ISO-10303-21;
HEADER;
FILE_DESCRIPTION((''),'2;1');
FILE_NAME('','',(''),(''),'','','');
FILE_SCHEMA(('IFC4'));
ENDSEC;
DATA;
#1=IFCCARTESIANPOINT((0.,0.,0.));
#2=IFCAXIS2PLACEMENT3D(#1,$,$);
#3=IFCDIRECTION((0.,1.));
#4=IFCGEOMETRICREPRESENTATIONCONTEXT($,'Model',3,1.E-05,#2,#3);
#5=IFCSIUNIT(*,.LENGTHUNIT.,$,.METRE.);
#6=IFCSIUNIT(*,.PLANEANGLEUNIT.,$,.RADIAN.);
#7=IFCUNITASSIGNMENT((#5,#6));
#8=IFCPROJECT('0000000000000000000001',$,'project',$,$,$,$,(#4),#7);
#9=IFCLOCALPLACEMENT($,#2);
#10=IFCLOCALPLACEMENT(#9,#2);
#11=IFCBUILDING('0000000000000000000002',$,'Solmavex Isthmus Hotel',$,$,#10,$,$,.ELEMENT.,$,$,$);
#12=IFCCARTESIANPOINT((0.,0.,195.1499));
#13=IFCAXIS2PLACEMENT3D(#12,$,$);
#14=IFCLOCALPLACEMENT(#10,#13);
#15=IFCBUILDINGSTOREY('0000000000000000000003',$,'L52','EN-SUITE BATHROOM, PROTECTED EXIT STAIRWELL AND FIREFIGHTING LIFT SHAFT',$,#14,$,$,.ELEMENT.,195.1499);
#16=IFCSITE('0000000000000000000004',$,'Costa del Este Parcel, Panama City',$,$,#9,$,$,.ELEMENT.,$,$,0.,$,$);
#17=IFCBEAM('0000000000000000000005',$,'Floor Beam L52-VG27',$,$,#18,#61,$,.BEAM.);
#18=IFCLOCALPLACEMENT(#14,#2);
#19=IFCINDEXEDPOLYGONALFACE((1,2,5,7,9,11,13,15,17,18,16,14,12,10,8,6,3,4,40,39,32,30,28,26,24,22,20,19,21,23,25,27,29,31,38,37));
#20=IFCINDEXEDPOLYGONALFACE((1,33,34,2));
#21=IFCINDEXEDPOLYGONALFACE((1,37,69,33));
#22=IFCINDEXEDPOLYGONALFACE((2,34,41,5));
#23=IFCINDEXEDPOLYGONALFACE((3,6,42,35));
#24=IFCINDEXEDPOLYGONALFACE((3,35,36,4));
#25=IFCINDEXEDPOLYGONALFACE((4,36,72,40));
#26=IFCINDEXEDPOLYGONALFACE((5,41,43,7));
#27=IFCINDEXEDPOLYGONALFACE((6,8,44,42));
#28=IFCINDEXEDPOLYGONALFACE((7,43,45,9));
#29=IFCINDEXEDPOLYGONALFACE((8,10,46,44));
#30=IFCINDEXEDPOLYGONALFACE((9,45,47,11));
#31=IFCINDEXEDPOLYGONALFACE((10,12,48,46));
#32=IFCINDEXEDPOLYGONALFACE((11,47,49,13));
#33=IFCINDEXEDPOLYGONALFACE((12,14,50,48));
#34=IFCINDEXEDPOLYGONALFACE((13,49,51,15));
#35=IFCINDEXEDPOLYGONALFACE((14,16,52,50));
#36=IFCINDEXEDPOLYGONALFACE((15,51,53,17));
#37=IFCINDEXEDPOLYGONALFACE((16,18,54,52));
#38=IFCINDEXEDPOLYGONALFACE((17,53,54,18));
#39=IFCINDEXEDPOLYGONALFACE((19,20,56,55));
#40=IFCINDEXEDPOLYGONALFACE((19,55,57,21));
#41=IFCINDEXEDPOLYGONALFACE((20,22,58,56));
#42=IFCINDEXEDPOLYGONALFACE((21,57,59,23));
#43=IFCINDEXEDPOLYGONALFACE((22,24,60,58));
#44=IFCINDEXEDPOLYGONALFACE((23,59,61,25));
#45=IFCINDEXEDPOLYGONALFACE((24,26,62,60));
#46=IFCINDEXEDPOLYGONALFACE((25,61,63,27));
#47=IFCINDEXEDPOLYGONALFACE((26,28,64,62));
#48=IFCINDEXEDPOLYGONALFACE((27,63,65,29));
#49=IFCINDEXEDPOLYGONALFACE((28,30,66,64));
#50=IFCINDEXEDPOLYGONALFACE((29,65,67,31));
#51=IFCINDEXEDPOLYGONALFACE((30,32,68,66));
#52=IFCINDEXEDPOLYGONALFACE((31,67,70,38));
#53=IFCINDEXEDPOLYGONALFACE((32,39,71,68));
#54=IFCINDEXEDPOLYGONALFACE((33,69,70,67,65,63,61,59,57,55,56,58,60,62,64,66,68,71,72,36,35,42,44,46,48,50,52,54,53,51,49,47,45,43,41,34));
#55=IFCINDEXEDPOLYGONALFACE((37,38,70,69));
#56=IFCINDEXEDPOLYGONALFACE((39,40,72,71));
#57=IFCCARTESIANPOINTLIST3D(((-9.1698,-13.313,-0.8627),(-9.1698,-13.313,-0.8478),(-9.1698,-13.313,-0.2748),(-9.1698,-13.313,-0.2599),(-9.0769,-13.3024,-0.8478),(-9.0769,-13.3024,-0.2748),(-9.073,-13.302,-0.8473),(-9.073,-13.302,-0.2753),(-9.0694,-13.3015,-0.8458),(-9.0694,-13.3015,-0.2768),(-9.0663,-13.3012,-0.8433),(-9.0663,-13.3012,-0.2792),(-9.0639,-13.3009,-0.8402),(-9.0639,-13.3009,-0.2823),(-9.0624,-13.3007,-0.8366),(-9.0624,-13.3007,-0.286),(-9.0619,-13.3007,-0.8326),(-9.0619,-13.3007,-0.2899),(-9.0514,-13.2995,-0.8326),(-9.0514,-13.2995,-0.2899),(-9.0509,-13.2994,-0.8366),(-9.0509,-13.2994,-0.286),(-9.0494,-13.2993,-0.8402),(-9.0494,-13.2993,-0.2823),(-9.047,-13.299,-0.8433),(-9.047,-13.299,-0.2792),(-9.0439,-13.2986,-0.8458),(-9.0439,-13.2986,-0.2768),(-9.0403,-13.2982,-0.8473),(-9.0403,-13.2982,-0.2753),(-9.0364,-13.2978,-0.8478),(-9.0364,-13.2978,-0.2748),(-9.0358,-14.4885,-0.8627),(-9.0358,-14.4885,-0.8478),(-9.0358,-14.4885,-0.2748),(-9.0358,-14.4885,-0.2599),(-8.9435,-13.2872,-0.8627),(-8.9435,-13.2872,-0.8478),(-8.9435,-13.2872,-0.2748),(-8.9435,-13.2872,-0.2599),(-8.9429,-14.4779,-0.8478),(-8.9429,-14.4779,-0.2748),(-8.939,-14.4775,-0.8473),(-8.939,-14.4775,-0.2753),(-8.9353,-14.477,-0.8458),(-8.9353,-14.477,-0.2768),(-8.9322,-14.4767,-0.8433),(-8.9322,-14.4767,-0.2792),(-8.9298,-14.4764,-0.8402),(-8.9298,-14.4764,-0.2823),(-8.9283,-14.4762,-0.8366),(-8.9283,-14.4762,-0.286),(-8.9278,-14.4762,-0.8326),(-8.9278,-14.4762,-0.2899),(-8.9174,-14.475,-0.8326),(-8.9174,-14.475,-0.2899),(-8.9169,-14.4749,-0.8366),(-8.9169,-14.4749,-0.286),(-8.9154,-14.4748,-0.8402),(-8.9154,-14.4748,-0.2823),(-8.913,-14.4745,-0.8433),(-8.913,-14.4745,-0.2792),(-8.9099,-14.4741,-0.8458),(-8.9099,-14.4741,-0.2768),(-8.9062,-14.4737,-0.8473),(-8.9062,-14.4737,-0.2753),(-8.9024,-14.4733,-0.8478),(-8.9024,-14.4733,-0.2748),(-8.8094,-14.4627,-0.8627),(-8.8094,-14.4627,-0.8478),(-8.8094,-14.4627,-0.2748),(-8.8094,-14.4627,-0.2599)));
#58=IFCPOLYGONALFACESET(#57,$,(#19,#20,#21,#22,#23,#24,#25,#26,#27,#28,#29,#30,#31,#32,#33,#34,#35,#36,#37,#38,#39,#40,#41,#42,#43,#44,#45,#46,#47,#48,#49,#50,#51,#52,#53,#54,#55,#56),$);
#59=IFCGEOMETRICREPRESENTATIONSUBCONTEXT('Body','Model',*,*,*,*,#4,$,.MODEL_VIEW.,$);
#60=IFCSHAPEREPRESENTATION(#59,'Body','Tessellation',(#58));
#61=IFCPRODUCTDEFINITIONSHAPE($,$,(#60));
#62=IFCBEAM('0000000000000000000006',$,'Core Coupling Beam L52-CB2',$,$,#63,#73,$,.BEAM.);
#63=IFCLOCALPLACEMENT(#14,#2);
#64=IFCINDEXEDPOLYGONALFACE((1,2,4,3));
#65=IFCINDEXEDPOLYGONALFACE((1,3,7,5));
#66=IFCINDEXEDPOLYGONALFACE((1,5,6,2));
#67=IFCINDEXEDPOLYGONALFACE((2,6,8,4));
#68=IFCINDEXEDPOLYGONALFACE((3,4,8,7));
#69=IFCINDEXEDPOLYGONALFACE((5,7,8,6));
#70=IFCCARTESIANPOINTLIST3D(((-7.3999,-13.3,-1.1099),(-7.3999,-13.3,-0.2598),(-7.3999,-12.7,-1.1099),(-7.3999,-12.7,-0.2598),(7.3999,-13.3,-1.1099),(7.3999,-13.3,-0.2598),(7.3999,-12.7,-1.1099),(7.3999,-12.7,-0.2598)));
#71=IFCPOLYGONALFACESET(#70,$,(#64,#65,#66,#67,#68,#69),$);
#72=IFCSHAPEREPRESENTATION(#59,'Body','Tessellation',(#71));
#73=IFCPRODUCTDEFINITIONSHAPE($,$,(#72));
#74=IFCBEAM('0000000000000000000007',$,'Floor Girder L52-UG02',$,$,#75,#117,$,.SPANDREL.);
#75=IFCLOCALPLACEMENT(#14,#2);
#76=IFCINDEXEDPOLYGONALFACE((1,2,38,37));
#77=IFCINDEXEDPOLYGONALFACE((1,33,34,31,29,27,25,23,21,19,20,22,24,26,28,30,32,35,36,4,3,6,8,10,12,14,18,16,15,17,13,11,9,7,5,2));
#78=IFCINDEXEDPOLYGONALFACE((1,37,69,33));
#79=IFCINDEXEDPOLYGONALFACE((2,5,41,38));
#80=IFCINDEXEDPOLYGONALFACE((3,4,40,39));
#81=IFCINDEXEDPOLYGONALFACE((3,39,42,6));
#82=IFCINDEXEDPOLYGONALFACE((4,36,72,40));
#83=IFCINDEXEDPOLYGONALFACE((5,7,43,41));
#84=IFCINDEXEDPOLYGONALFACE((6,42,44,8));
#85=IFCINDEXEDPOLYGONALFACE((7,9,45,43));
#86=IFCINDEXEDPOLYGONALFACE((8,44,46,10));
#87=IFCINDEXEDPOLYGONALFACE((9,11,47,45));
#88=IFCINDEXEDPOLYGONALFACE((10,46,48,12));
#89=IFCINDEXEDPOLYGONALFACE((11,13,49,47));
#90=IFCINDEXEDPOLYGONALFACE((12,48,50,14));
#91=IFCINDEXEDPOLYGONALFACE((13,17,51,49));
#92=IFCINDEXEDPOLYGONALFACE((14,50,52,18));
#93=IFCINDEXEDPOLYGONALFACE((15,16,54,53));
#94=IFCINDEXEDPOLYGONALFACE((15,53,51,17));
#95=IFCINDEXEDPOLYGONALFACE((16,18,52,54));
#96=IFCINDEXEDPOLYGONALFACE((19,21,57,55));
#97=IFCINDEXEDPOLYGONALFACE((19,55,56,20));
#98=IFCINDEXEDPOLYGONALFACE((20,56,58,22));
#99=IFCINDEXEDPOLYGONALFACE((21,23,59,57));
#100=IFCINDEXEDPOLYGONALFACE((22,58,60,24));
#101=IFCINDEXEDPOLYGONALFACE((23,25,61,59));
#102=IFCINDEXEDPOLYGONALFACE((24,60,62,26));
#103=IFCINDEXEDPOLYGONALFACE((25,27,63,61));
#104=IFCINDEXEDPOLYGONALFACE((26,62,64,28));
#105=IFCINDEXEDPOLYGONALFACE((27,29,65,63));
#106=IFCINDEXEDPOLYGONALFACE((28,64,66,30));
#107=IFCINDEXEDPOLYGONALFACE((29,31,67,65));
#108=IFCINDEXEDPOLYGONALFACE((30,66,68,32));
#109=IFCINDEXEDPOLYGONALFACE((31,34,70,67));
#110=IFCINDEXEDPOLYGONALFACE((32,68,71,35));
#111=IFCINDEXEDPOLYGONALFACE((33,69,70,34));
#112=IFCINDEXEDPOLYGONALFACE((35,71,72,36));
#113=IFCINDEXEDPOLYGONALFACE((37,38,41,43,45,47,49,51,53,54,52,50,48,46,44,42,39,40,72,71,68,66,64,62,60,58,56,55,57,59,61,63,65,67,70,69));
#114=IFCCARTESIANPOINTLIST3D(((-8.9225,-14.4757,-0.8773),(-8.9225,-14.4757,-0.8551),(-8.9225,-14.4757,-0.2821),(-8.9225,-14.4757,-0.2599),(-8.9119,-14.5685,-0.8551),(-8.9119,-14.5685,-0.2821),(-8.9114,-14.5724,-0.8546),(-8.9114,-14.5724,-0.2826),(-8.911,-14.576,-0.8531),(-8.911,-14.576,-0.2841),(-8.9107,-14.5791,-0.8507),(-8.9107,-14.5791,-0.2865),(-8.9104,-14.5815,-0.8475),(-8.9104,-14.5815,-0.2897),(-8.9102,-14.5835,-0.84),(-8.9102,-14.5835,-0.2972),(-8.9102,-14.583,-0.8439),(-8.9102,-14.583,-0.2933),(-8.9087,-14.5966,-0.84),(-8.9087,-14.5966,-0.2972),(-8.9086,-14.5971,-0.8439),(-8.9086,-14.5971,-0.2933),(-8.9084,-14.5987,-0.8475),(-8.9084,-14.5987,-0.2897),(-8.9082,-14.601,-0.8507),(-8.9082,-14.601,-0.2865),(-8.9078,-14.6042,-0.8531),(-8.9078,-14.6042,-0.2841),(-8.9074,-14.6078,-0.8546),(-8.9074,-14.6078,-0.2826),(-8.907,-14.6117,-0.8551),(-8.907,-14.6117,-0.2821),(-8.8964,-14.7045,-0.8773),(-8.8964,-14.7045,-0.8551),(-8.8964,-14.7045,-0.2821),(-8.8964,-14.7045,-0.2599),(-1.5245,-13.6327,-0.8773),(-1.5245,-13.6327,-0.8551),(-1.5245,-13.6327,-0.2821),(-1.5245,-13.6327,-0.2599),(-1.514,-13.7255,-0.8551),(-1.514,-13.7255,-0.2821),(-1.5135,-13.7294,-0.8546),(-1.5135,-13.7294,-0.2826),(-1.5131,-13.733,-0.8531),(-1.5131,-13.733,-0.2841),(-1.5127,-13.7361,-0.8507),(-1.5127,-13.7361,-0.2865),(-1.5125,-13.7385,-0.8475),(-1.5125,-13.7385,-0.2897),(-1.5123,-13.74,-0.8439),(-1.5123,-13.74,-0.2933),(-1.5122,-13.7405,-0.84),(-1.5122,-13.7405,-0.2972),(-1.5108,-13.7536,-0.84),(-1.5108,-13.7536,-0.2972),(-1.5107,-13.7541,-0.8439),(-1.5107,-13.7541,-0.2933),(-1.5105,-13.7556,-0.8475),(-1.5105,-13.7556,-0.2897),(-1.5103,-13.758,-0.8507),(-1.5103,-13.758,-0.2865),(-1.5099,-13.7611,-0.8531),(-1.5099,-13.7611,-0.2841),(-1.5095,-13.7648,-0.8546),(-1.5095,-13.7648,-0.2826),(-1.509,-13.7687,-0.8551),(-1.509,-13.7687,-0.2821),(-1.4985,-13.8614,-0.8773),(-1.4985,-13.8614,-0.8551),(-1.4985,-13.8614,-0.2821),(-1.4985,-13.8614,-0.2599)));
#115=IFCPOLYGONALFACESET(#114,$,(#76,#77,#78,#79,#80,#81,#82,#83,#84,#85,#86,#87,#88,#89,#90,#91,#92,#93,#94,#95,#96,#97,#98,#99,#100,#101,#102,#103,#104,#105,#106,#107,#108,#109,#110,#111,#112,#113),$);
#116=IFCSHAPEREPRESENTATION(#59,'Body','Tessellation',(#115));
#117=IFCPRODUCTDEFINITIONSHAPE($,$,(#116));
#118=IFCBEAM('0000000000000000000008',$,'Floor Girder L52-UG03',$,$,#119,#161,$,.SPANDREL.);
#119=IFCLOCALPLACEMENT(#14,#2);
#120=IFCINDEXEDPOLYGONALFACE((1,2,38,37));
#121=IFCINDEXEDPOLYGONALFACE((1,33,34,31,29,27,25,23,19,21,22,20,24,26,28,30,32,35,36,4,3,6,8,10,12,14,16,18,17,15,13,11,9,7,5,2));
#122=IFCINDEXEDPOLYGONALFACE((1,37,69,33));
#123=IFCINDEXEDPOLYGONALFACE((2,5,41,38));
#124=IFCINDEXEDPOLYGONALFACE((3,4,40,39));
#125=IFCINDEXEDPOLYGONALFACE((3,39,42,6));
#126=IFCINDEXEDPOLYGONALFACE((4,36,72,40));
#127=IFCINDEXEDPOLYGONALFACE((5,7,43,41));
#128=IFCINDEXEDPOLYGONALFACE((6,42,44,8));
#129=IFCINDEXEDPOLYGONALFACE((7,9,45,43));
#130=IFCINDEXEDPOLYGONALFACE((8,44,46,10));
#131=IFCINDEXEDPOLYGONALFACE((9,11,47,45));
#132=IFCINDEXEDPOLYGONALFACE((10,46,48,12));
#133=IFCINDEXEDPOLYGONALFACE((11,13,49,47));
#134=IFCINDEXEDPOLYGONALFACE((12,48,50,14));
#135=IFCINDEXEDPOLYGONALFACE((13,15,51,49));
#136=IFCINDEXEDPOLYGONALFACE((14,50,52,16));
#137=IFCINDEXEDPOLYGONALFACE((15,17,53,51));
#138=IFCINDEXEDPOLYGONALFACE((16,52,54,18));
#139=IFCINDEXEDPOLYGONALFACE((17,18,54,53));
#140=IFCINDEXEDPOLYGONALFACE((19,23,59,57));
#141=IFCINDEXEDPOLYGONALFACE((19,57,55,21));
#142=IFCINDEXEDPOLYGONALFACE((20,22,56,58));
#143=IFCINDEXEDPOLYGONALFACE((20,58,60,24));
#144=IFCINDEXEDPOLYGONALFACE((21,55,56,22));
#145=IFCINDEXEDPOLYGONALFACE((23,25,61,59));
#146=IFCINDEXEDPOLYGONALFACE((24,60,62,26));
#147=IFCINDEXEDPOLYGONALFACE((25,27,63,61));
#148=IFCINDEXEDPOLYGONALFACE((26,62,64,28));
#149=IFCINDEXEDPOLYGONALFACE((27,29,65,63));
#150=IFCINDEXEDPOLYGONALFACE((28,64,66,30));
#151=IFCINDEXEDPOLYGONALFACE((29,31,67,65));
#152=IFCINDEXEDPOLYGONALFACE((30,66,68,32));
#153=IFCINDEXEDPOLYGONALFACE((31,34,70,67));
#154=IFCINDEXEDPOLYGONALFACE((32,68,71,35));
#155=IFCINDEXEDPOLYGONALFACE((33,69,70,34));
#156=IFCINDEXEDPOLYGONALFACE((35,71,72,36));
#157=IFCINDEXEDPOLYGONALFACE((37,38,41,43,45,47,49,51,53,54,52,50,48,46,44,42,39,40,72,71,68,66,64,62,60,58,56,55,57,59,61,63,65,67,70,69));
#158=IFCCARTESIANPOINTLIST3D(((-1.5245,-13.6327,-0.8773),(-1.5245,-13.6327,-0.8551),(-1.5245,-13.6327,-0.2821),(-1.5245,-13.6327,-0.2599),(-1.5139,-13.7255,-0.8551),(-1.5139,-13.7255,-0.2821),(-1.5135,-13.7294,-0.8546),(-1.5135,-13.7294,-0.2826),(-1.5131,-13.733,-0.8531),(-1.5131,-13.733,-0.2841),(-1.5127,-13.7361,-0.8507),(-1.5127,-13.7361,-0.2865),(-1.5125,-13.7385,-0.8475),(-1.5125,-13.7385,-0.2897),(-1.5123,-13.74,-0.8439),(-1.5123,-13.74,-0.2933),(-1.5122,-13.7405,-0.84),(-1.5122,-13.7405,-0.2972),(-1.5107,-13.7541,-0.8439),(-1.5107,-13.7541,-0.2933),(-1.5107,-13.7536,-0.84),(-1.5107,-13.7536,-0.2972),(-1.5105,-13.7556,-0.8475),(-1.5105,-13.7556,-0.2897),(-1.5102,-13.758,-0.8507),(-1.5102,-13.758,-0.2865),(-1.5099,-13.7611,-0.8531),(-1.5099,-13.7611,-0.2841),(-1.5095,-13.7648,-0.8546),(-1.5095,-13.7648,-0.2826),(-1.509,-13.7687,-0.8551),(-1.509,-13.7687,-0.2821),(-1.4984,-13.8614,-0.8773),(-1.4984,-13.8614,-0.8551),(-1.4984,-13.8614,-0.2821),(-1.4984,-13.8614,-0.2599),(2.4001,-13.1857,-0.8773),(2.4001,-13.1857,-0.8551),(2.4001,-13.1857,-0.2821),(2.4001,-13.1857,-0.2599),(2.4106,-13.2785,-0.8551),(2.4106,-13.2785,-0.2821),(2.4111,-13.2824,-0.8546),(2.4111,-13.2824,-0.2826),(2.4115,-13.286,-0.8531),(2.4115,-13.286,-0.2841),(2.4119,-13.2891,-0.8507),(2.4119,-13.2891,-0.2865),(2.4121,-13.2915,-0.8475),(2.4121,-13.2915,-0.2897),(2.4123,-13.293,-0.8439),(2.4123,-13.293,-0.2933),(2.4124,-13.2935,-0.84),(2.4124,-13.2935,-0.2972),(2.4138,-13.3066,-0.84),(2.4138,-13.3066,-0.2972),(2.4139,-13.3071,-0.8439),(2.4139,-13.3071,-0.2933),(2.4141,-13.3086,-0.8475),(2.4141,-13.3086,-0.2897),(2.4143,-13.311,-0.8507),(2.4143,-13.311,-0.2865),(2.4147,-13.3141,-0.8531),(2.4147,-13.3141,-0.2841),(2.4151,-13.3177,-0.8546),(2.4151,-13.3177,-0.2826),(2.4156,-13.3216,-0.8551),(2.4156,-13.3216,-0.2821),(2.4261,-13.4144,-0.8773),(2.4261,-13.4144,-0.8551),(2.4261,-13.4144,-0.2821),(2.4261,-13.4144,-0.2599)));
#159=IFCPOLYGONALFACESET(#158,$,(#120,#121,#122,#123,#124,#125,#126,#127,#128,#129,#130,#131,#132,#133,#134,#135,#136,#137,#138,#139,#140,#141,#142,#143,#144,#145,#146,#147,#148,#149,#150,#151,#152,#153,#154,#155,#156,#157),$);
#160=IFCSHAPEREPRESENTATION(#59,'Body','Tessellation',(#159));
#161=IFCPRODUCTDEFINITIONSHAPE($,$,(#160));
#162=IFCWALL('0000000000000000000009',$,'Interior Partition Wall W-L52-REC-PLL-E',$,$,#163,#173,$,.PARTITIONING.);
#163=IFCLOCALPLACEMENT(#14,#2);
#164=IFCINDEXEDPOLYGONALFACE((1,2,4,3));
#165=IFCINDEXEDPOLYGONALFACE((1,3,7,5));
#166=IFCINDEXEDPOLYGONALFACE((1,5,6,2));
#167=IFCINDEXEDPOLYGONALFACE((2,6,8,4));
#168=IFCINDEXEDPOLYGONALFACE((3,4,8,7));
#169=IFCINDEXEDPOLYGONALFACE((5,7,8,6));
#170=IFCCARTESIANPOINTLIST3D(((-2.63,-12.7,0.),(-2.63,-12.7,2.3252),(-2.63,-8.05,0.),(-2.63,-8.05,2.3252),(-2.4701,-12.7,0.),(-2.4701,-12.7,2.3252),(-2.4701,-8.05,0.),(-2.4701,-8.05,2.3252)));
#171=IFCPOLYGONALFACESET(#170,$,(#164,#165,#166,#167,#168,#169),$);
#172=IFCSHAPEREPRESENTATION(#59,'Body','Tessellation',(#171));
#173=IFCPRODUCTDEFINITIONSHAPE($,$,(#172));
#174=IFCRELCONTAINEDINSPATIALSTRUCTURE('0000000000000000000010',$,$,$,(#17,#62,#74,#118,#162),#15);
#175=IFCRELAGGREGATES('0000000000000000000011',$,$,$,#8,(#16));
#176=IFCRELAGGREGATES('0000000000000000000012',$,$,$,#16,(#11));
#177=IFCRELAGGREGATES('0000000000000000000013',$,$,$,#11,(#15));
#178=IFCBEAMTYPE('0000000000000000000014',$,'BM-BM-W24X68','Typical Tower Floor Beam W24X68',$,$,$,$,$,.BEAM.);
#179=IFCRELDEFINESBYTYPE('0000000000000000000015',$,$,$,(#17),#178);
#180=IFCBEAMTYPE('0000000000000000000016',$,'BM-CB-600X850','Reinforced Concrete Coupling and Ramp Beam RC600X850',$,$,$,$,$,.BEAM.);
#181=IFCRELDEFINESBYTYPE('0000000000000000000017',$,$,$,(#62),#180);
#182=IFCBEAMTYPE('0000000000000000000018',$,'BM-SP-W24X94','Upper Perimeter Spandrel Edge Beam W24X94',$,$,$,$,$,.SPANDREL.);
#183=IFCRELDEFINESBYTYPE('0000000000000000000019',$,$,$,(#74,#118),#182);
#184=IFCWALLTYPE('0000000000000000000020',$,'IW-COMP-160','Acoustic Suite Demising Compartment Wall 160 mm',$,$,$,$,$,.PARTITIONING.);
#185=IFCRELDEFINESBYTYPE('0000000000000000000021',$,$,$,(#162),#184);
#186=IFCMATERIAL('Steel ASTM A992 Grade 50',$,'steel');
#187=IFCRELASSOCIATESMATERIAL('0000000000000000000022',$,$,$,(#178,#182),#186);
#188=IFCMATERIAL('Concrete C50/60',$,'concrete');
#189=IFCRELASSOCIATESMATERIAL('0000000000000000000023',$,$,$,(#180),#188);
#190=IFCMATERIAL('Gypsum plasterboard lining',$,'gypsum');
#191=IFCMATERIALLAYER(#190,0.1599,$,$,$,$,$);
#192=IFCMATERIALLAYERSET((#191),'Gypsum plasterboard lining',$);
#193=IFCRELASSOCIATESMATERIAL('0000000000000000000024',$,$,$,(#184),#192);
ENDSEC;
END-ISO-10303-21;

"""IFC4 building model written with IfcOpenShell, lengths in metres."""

from ifc_helpers import new_model, si_unit, direction, frame, frame_2d, origin, origin_2d, place, context, subcontext, project, spatial, rectangle, i_section, extrude, material, layer, layer_set, material_profile, profile_set, type_object, element, save


model = new_model("IFC4")

# Units and contexts
model_context = context("Model", 3, precision=1e-05, world=origin(), true_north=direction((0.0, 1.0)))
body_context = subcontext(model_context, "Body", "Model", "MODEL_VIEW")
ifc_project = project(units=[si_unit("LENGTHUNIT", "METRE"), si_unit("PLANEANGLEUNIT", "RADIAN")], contexts=[model_context])

# Site, building, storey
site_placement = place(None, origin())
site = spatial("IfcSite", under=ifc_project, at=site_placement, Name="Costa del Este Parcel, Panama City", CompositionType="ELEMENT", RefElevation=0.0)
building_placement = place(site_placement, origin())
building = spatial("IfcBuilding", under=site, at=building_placement, Name="Solmavex Isthmus Hotel", CompositionType="ELEMENT")
storey_placement = place(building_placement, frame((0.0, 0.0, 195.1499)))
storey = spatial("IfcBuildingStorey", under=building, at=storey_placement, Name="L52", Description="EN-SUITE BATHROOM, PROTECTED EXIT STAIRWELL AND FIREFIGHTING LIFT SHAFT", CompositionType="ELEMENT", Elevation=195.1499)

# Shared definitions
ifc_material_1 = material(Name="Concrete C50/60", Category="concrete")

# Beams
ifc_material_2 = material(Name="Steel ASTM A992 Grade 50", Category="steel")
ifc_material_profile_1 = material_profile(ifc_material_2, i_section(OverallWidth=0.2278, OverallDepth=0.6028, WebThickness=0.0105, FlangeThickness=0.0149, FilletRadius=0.0151, at=origin_2d()), Name="W24X68")
ifc_profile_set_1 = profile_set([ifc_material_profile_1], Name="Steel ASTM A992 Grade 50")
beam_type_1 = type_object("IfcBeamType", Name="BM-BM-W24X68", Description="Typical Tower Floor Beam W24X68", PredefinedType="BEAM", material=ifc_profile_set_1)
beam_1_placement = place(storey_placement, frame((-8.9226, -14.4756, -0.5613), z_axis=(-0.113285, 0.993563, 0.0), x_axis=(-0.993563, -0.113285, 0.0)))
element("IfcBeam", 1, at=beam_1_placement, inside=storey, type_object=beam_type_1, Name="Floor Beam L52-VG27", PredefinedType="BEAM", context=body_context, shape_type="SweptSolid", body=[
    extrude(i_section(OverallWidth=0.2278, OverallDepth=0.6028, WebThickness=0.0105, FlangeThickness=0.0149, FilletRadius=0.0151, at=origin_2d()), origin(), (0.0, 0.0, 1.0), 1.1831),
])
ifc_material_profile_2 = material_profile(ifc_material_1, rectangle(XDim=0.6001, YDim=0.8501, at=origin_2d()), Name="RC600X850")
ifc_profile_set_2 = profile_set([ifc_material_profile_2], Name="Concrete C50/60")
beam_type_2 = type_object("IfcBeamType", Name="BM-CB-600X850", Description="Reinforced Concrete Coupling and Ramp Beam RC600X850", PredefinedType="BEAM", material=ifc_profile_set_2)
beam_2_placement = place(storey_placement, frame((-7.3999, -13.0, -0.6848), z_axis=(1.0, 0.0, 0.0), x_axis=(0.0, 1.0, 0.0)))
element("IfcBeam", 2, at=beam_2_placement, inside=storey, type_object=beam_type_2, Name="Core Coupling Beam L52-CB2", PredefinedType="BEAM", context=body_context, shape_type="SweptSolid", body=[
    extrude(rectangle(XDim=0.6001, YDim=0.8501, at=origin_2d()), origin(), (0.0, 0.0, 1.0), 14.7998),
])
ifc_material_profile_3 = material_profile(ifc_material_2, i_section(OverallWidth=0.2302, OverallDepth=0.6174, WebThickness=0.0132, FlangeThickness=0.0222, FilletRadius=0.0151, at=origin_2d()), Name="W24X94")
ifc_profile_set_3 = profile_set([ifc_material_profile_3], Name="Steel ASTM A992 Grade 50")
beam_type_3 = type_object("IfcBeamType", Name="BM-SP-W24X94", Description="Upper Perimeter Spandrel Edge Beam W24X94", PredefinedType="SPANDREL", material=ifc_profile_set_3)
beam_3_placement = place(storey_placement, frame((-8.9094, -14.5901, -0.5686), z_axis=(0.99357, 0.11322, 0.0), x_axis=(-0.11322, 0.99357, 0.0)))
element("IfcBeam", 3, at=beam_3_placement, inside=storey, type_object=beam_type_3, Name="Floor Girder L52-UG02", PredefinedType="SPANDREL", context=body_context, shape_type="SweptSolid", body=[
    extrude(i_section(OverallWidth=0.2302, OverallDepth=0.6174, WebThickness=0.0132, FlangeThickness=0.0222, FilletRadius=0.0151, at=origin_2d()), origin(), (0.0, 0.0, 1.0), 7.4458),
])
beam_4_placement = place(storey_placement, frame((-1.5115, -13.7471, -0.5686), z_axis=(0.993575, 0.113172, 0.0), x_axis=(-0.113172, 0.993575, 0.0)))
element("IfcBeam", 4, at=beam_4_placement, inside=storey, type_object=beam_type_3, Name="Floor Girder L52-UG03", PredefinedType="SPANDREL", context=body_context, shape_type="SweptSolid", body=[
    extrude(i_section(OverallWidth=0.2302, OverallDepth=0.6174, WebThickness=0.0132, FlangeThickness=0.0222, FilletRadius=0.0151, at=origin_2d()), origin(), (0.0, 0.0, 1.0), 3.95),
])

# Wall
ifc_material_3 = material(Name="Gypsum plasterboard lining", Category="gypsum")
ifc_layer_1 = layer(ifc_material_3, 0.1599)
ifc_layer_set_1 = layer_set([ifc_layer_1], Name="Gypsum plasterboard lining")
wall_type_1 = type_object("IfcWallType", Name="IW-COMP-160", Description="Acoustic Suite Demising Compartment Wall 160 mm", PredefinedType="PARTITIONING", material=ifc_layer_set_1)
wall_1_placement = place(storey_placement, frame((-2.55, -12.7, 0.0), z_axis=(0.0, 0.0, 1.0), x_axis=(0.0, 1.0, 0.0)))
element("IfcWall", 5, at=wall_1_placement, inside=storey, type_object=wall_type_1, Name="Interior Partition Wall W-L52-REC-PLL-E", PredefinedType="PARTITIONING", context=body_context, shape_type="SweptSolid", body=[
    extrude(rectangle(XDim=4.6499, YDim=0.1599, at=frame_2d((2.325, 0.0))), origin(), (0.0, 0.0, 1.0), 2.3252),
])

save(model, "model.ifc")
